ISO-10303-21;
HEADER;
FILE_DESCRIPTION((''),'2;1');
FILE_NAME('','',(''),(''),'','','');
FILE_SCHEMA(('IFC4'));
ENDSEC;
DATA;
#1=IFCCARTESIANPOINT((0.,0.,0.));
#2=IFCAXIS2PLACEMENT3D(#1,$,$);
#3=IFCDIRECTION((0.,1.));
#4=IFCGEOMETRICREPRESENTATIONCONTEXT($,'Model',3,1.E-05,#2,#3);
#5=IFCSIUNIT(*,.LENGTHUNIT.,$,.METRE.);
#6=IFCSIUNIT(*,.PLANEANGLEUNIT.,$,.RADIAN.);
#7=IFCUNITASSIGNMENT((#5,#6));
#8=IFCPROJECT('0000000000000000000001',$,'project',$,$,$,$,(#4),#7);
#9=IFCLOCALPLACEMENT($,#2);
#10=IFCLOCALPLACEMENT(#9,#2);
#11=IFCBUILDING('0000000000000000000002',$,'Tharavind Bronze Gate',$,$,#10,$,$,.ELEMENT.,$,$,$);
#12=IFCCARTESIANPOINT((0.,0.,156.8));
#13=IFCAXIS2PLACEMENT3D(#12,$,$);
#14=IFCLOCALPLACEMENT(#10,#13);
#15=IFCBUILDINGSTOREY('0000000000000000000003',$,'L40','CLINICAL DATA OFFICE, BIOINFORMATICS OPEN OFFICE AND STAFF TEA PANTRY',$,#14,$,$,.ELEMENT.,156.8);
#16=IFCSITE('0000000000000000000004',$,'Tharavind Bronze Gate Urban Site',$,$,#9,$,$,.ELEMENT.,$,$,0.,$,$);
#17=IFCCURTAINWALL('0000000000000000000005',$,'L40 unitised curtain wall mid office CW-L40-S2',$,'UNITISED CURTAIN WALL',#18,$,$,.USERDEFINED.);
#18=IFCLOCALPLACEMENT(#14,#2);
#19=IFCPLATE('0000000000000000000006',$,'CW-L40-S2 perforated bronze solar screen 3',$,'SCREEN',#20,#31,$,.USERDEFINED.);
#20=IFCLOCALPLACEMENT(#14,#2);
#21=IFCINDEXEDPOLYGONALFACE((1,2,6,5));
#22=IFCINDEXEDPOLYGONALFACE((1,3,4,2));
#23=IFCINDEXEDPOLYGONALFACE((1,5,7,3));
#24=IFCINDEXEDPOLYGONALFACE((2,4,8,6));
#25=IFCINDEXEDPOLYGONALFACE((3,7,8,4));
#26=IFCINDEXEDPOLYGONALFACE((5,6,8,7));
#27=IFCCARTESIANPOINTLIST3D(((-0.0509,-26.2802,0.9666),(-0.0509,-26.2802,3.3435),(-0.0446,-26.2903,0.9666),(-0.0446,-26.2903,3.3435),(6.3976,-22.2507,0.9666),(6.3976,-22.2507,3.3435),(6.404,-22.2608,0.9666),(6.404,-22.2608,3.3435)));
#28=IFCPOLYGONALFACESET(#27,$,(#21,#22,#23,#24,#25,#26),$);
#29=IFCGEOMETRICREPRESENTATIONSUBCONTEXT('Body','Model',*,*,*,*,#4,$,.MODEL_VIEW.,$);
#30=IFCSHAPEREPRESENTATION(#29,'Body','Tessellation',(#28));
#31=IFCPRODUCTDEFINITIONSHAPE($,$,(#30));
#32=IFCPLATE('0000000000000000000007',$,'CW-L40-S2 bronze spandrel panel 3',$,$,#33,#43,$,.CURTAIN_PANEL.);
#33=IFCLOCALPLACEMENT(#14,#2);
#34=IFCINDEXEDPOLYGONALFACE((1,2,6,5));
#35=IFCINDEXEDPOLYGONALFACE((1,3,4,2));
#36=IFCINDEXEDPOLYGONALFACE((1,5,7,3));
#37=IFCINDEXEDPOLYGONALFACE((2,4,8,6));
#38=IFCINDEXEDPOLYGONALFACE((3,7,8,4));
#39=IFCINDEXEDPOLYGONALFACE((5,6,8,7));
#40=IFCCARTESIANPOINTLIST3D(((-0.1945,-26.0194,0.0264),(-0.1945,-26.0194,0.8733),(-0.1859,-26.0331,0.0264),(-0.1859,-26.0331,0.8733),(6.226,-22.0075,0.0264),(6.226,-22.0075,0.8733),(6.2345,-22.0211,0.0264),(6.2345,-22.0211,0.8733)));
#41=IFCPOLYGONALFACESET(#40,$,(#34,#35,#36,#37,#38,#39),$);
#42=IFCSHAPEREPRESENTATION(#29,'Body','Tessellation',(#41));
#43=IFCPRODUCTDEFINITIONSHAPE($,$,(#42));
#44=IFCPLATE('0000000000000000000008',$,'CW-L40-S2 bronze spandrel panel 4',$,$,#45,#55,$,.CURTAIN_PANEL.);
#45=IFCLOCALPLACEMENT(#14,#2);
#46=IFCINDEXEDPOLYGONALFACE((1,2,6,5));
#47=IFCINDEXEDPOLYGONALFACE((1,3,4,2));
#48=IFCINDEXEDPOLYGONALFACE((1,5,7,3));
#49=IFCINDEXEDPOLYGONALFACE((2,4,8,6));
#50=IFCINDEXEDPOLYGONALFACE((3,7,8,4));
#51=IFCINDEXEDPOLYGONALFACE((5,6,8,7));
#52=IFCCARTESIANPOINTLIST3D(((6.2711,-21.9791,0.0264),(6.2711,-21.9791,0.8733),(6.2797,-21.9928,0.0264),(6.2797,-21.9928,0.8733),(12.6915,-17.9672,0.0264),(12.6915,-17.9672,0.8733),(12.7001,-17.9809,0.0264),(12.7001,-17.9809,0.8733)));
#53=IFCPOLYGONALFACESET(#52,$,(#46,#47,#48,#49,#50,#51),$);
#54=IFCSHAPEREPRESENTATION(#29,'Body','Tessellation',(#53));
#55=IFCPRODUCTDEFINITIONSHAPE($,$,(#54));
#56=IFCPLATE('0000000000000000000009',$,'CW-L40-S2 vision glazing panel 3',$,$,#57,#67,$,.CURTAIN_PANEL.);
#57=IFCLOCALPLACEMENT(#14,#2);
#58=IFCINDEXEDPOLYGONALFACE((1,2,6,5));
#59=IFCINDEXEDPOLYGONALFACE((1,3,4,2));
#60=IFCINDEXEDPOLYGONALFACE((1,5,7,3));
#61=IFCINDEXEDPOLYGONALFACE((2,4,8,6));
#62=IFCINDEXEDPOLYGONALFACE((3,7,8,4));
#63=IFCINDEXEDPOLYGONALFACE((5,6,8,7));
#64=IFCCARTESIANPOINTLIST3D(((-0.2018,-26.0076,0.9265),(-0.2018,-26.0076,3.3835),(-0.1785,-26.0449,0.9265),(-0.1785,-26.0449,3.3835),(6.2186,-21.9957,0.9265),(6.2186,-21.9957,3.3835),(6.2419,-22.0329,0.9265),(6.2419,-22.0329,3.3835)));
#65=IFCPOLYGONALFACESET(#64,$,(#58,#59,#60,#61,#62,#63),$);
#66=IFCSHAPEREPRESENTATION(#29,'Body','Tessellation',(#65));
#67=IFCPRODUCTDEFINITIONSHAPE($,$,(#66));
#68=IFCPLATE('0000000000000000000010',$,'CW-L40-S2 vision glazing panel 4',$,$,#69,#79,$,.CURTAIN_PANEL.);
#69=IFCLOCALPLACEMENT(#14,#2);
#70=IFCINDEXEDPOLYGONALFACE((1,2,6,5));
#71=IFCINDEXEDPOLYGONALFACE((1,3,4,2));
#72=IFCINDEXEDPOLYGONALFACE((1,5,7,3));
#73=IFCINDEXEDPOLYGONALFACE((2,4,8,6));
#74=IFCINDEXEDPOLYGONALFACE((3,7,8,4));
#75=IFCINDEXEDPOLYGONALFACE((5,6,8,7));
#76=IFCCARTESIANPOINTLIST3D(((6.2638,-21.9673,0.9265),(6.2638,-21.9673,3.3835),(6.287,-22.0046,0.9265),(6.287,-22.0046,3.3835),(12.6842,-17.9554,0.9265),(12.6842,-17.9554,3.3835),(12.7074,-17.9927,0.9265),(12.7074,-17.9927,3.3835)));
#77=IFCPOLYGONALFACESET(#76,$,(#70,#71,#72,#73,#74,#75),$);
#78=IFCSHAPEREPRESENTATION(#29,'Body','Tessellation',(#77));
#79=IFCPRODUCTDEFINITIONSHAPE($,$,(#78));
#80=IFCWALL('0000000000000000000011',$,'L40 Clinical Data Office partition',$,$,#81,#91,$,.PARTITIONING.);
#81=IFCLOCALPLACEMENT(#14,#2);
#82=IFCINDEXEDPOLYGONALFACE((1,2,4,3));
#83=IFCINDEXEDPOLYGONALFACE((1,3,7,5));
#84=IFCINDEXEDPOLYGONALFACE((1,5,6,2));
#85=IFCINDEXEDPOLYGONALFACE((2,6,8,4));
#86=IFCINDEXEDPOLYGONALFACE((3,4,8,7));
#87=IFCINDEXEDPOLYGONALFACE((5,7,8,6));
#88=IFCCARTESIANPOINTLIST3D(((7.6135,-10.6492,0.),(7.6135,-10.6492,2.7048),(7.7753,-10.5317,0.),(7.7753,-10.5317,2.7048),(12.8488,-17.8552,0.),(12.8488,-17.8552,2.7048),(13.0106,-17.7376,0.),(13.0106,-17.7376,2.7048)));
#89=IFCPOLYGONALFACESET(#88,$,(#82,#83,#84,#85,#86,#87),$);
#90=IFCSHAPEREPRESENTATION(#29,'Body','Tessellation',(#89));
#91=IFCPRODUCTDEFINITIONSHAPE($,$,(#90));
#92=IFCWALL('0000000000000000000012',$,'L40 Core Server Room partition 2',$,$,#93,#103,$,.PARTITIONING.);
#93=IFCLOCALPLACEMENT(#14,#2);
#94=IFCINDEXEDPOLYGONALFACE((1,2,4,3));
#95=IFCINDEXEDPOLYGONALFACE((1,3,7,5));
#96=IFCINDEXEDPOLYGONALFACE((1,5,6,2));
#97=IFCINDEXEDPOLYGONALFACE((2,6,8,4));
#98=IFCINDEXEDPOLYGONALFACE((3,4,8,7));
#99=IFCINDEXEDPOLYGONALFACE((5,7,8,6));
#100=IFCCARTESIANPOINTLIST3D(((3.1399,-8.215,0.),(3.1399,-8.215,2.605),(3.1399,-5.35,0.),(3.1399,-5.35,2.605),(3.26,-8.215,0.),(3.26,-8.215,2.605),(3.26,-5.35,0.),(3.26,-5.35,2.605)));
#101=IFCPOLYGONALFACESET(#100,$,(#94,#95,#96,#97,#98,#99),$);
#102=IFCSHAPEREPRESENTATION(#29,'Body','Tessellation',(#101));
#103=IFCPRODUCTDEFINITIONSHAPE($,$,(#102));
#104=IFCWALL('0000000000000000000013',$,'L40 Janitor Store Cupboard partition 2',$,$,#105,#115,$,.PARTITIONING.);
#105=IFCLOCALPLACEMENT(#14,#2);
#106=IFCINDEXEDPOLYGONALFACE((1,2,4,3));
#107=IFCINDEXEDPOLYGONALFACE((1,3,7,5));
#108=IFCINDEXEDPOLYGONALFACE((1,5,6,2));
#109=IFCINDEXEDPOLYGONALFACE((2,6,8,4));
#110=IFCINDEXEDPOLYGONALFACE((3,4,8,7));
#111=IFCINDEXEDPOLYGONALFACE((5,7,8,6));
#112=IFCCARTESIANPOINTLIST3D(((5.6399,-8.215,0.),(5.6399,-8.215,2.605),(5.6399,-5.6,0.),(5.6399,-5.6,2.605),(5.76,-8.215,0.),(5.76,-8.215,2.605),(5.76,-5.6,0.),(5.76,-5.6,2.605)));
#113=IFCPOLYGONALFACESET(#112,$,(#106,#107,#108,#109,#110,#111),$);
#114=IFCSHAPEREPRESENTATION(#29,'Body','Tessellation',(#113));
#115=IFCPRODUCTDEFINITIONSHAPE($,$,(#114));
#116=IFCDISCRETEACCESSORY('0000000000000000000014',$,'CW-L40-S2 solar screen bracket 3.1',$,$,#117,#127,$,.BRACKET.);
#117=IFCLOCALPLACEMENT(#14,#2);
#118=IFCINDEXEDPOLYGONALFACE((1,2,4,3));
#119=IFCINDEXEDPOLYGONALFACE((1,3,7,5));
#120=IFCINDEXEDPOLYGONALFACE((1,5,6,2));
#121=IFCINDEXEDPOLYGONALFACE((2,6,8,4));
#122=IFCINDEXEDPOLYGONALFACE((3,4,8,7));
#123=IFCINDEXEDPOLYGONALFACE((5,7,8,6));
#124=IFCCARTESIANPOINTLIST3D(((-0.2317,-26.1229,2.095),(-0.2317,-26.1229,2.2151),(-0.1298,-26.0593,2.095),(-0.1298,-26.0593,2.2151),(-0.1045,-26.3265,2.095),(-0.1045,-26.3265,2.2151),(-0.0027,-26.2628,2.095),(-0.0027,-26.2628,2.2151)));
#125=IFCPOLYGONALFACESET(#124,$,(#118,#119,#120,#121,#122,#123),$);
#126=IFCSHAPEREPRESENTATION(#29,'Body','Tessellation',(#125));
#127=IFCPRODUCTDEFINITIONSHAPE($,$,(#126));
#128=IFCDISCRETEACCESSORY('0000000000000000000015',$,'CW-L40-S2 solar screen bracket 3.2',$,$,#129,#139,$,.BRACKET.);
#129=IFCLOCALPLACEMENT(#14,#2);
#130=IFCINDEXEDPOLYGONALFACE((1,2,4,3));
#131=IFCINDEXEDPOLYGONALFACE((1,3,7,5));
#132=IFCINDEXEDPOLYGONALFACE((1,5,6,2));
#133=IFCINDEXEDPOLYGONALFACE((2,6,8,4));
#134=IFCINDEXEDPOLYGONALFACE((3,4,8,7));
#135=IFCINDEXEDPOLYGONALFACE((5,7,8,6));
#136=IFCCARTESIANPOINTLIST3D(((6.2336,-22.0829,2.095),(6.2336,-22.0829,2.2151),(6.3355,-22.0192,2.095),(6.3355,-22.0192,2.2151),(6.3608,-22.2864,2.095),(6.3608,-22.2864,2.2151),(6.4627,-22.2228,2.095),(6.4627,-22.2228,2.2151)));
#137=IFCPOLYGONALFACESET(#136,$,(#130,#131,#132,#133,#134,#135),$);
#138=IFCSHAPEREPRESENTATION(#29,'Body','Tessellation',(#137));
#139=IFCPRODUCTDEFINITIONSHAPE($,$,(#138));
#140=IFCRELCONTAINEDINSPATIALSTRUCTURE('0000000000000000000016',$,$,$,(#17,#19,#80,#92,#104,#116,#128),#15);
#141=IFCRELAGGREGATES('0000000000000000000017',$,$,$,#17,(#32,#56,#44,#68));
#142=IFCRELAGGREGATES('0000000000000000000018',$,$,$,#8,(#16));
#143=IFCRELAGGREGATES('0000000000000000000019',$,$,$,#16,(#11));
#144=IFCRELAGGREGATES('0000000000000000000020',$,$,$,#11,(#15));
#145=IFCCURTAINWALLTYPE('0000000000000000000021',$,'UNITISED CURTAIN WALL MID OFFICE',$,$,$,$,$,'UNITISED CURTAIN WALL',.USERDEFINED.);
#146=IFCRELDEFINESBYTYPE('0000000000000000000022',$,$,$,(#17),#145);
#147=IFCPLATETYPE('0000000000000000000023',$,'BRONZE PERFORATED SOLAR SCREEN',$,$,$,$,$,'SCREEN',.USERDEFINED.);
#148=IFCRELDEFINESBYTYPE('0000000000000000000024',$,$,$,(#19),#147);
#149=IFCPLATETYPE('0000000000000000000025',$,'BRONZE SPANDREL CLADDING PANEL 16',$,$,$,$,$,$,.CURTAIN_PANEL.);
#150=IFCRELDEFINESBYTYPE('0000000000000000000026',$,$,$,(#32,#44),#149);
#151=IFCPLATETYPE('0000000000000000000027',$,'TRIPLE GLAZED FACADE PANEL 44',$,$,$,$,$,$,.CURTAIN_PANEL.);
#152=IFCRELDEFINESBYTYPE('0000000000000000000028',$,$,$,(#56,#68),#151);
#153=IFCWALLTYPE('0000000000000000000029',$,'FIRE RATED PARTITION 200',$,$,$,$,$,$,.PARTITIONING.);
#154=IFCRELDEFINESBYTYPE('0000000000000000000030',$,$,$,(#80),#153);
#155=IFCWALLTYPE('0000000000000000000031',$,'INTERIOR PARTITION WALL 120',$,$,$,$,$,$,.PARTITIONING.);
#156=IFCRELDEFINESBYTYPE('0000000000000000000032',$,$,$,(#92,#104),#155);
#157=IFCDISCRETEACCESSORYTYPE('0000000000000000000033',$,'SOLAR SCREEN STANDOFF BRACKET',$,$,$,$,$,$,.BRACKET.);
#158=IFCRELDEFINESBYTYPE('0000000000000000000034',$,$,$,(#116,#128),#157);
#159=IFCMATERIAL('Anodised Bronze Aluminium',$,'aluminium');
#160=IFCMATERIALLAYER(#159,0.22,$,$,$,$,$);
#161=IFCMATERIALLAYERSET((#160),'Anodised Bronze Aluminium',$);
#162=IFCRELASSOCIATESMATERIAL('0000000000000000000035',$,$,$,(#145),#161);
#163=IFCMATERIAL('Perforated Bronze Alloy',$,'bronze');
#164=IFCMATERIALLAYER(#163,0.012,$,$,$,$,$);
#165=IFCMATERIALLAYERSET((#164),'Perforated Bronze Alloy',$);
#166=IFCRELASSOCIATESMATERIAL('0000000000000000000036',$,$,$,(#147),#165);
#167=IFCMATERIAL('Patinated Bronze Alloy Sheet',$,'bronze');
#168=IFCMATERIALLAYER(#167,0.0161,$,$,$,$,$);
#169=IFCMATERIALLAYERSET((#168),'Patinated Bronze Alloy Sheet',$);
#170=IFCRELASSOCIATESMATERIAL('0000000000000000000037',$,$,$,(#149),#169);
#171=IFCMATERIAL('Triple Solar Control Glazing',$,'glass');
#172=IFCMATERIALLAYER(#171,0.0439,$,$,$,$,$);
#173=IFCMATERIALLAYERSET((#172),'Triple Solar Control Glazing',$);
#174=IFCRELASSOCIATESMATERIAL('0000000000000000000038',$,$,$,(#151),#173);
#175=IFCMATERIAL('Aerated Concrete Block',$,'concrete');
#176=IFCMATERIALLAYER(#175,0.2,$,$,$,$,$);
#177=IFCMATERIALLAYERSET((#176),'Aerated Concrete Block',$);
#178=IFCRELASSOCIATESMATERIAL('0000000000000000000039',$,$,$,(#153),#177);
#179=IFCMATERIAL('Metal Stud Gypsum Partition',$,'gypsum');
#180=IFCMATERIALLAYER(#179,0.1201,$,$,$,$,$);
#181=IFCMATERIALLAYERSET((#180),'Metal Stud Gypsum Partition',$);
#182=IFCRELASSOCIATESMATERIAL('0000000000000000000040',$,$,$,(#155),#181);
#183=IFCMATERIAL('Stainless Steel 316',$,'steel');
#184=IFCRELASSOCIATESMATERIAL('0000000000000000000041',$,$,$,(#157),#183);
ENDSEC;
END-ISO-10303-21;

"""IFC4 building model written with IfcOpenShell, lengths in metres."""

from ifc_helpers import new_model, si_unit, direction, frame, frame_2d, origin, origin_2d, place, context, subcontext, project, spatial, rectangle, extrude, material, layer, layer_set, type_object, element, aggregate, save


model = new_model("IFC4")

# Units and contexts
model_context = context("Model", 3, precision=1e-05, world=origin(), true_north=direction((0.0, 1.0)))
body_context = subcontext(model_context, "Body", "Model", "MODEL_VIEW")
ifc_project = project(units=[si_unit("LENGTHUNIT", "METRE"), si_unit("PLANEANGLEUNIT", "RADIAN")], contexts=[model_context])

# Site, building, storey
site_placement = place(None, origin())
site = spatial("IfcSite", under=ifc_project, at=site_placement, Name="Tharavind Bronze Gate Urban Site", CompositionType="ELEMENT", RefElevation=0.0)
building_placement = place(site_placement, origin())
building = spatial("IfcBuilding", under=site, at=building_placement, Name="Tharavind Bronze Gate", CompositionType="ELEMENT")
storey_placement = place(building_placement, frame((0.0, 0.0, 156.8)))
storey = spatial("IfcBuildingStorey", under=building, at=storey_placement, Name="L40", Description="CLINICAL DATA OFFICE, BIOINFORMATICS OPEN OFFICE AND STAFF TEA PANTRY", CompositionType="ELEMENT", Elevation=156.8)

# Curtain wall
ifc_material_1 = material(Name="Anodised Bronze Aluminium", Category="aluminium")
ifc_layer_1 = layer(ifc_material_1, 0.22)
ifc_layer_set_1 = layer_set([ifc_layer_1], Name="Anodised Bronze Aluminium")
curtain_wall_type = type_object("IfcCurtainWallType", Name="UNITISED CURTAIN WALL MID OFFICE", ElementType="UNITISED CURTAIN WALL", PredefinedType="USERDEFINED", material=ifc_layer_set_1)
curtain_wall_placement = place(storey_placement, origin())
curtain_wall = element("IfcCurtainWall", 1, at=curtain_wall_placement, inside=storey, type_object=curtain_wall_type, Name="L40 unitised curtain wall mid office CW-L40-S2", ObjectType="UNITISED CURTAIN WALL", PredefinedType="USERDEFINED")

# Plates
ifc_material_2 = material(Name="Perforated Bronze Alloy", Category="bronze")
ifc_layer_2 = layer(ifc_material_2, 0.012)
ifc_layer_set_2 = layer_set([ifc_layer_2], Name="Perforated Bronze Alloy")
plate_type_1 = type_object("IfcPlateType", Name="BRONZE PERFORATED SOLAR SCREEN", ElementType="SCREEN", PredefinedType="USERDEFINED", material=ifc_layer_set_2)
plate_1_placement = place(storey_placement, frame((3.1765, -24.2705, 0.9666), z_axis=(0.0, 0.0, 1.0), x_axis=(0.848048, 0.529919, 0.0)))
element("IfcPlate", 2, at=plate_1_placement, inside=storey, type_object=plate_type_1, Name="CW-L40-S2 perforated bronze solar screen 3", ObjectType="SCREEN", PredefinedType="USERDEFINED", context=body_context, shape_type="SweptSolid", body=[
    extrude(rectangle(XDim=7.604, YDim=0.012, at=origin_2d()), origin(), (0.0, 0.0, 1.0), 2.377),
])
ifc_material_3 = material(Name="Patinated Bronze Alloy Sheet", Category="bronze")
ifc_layer_3 = layer(ifc_material_3, 0.0161)
ifc_layer_set_3 = layer_set([ifc_layer_3], Name="Patinated Bronze Alloy Sheet")
plate_type_2 = type_object("IfcPlateType", Name="BRONZE SPANDREL CLADDING PANEL 16", PredefinedType="CURTAIN_PANEL", material=ifc_layer_set_3)
plate_2_placement = place(storey_placement, frame((3.02, -24.0203, 0.0264), z_axis=(0.0, 0.0, 1.0), x_axis=(0.848048, 0.529919, 0.0)))
plate_2 = element("IfcPlate", 3, at=plate_2_placement, type_object=plate_type_2, Name="CW-L40-S2 bronze spandrel panel 3", PredefinedType="CURTAIN_PANEL", context=body_context, shape_type="SweptSolid", body=[
    extrude(rectangle(XDim=7.5708, YDim=0.0161, at=origin_2d()), origin(), (0.0, 0.0, 1.0), 0.8469),
])
plate_3_placement = place(storey_placement, frame((9.4856, -19.98, 0.0264), z_axis=(0.0, 0.0, 1.0), x_axis=(0.848048, 0.529919, 0.0)))
plate_3 = element("IfcPlate", 4, at=plate_3_placement, type_object=plate_type_2, Name="CW-L40-S2 bronze spandrel panel 4", PredefinedType="CURTAIN_PANEL", context=body_context, shape_type="SweptSolid", body=[
    extrude(rectangle(XDim=7.5708, YDim=0.0161, at=origin_2d()), origin(), (0.0, 0.0, 1.0), 0.8469),
])
ifc_material_4 = material(Name="Triple Solar Control Glazing", Category="glass")
ifc_layer_4 = layer(ifc_material_4, 0.0439)
ifc_layer_set_4 = layer_set([ifc_layer_4], Name="Triple Solar Control Glazing")
plate_type_3 = type_object("IfcPlateType", Name="TRIPLE GLAZED FACADE PANEL 44", PredefinedType="CURTAIN_PANEL", material=ifc_layer_set_4)
plate_4_placement = place(storey_placement, frame((3.02, -24.0203, 0.9265), z_axis=(0.0, 0.0, 1.0), x_axis=(0.848048, 0.529919, 0.0)))
plate_4 = element("IfcPlate", 5, at=plate_4_placement, type_object=plate_type_3, Name="CW-L40-S2 vision glazing panel 3", PredefinedType="CURTAIN_PANEL", context=body_context, shape_type="SweptSolid", body=[
    extrude(rectangle(XDim=7.5708, YDim=0.0439, at=origin_2d()), origin(), (0.0, 0.0, 1.0), 2.457),
])
plate_5_placement = place(storey_placement, frame((9.4856, -19.98, 0.9265), z_axis=(0.0, 0.0, 1.0), x_axis=(0.848048, 0.529919, 0.0)))
plate_5 = element("IfcPlate", 6, at=plate_5_placement, type_object=plate_type_3, Name="CW-L40-S2 vision glazing panel 4", PredefinedType="CURTAIN_PANEL", context=body_context, shape_type="SweptSolid", body=[
    extrude(rectangle(XDim=7.5708, YDim=0.0439, at=origin_2d()), origin(), (0.0, 0.0, 1.0), 2.457),
])
aggregate(curtain_wall, [plate_2, plate_4, plate_3, plate_5])

# Walls
ifc_material_5 = material(Name="Aerated Concrete Block", Category="concrete")
ifc_layer_5 = layer(ifc_material_5, 0.2)
ifc_layer_set_5 = layer_set([ifc_layer_5], Name="Aerated Concrete Block")
wall_type_1 = type_object("IfcWallType", Name="FIRE RATED PARTITION 200", PredefinedType="PARTITIONING", material=ifc_layer_set_5)
wall_1_placement = place(storey_placement, frame((7.6943, -10.5903, 0.0), z_axis=(0.0, 0.0, 1.0), x_axis=(0.587774, -0.809025, 0.0)))
element("IfcWall", 7, at=wall_1_placement, inside=storey, type_object=wall_type_1, Name="L40 Clinical Data Office partition", PredefinedType="PARTITIONING", context=body_context, shape_type="SweptSolid", body=[
    extrude(rectangle(XDim=8.907, YDim=0.2, at=frame_2d((4.4536, 0.0))), origin(), (0.0, 0.0, 1.0), 2.7048),
])
ifc_material_6 = material(Name="Metal Stud Gypsum Partition", Category="gypsum")
ifc_layer_6 = layer(ifc_material_6, 0.1201)
ifc_layer_set_6 = layer_set([ifc_layer_6], Name="Metal Stud Gypsum Partition")
wall_type_2 = type_object("IfcWallType", Name="INTERIOR PARTITION WALL 120", PredefinedType="PARTITIONING", material=ifc_layer_set_6)
wall_2_placement = place(storey_placement, frame((3.2, -8.2151, 0.0), z_axis=(0.0, 0.0, 1.0), x_axis=(0.0, 1.0, 0.0)))
element("IfcWall", 8, at=wall_2_placement, inside=storey, type_object=wall_type_2, Name="L40 Core Server Room partition 2", PredefinedType="PARTITIONING", context=body_context, shape_type="SweptSolid", body=[
    extrude(rectangle(XDim=2.865, YDim=0.1201, at=frame_2d((1.4326, 0.0))), origin(), (0.0, 0.0, 1.0), 2.605),
])
wall_3_placement = place(storey_placement, frame((5.7, -8.2151, 0.0), z_axis=(0.0, 0.0, 1.0), x_axis=(0.0, 1.0, 0.0)))
element("IfcWall", 9, at=wall_3_placement, inside=storey, type_object=wall_type_2, Name="L40 Janitor Store Cupboard partition 2", PredefinedType="PARTITIONING", context=body_context, shape_type="SweptSolid", body=[
    extrude(rectangle(XDim=2.615, YDim=0.1201, at=frame_2d((1.3076, 0.0))), origin(), (0.0, 0.0, 1.0), 2.605),
])

# Discrete accessories
ifc_material_7 = material(Name="Stainless Steel 316", Category="steel")
discrete_accessory_type = type_object("IfcDiscreteAccessoryType", Name="SOLAR SCREEN STANDOFF BRACKET", PredefinedType="BRACKET", material=ifc_material_7)
for number, where, z_axis, x_axis, name in (
    (10, (-0.1172, -26.1929, 2.095), (0.0, 0.0, 1.0), (0.848048, 0.529919, 0.0), "CW-L40-S2 solar screen bracket 3.1"),
    (11, (6.3481, -22.1528, 2.095), (0.0, 0.0, 1.0), (0.848048, 0.529919, 0.0), "CW-L40-S2 solar screen bracket 3.2"),
):
    element("IfcDiscreteAccessory", number, at=place(storey_placement, frame(where, z_axis=z_axis, x_axis=x_axis)), inside=storey, type_object=discrete_accessory_type, Name=name, PredefinedType="BRACKET", context=body_context, shape_type="SweptSolid", body=[
        extrude(rectangle(XDim=0.1201, YDim=0.24, at=origin_2d()), origin(), (0.0, 0.0, 1.0), 0.1201),
    ])

save(model, "model.ifc")
